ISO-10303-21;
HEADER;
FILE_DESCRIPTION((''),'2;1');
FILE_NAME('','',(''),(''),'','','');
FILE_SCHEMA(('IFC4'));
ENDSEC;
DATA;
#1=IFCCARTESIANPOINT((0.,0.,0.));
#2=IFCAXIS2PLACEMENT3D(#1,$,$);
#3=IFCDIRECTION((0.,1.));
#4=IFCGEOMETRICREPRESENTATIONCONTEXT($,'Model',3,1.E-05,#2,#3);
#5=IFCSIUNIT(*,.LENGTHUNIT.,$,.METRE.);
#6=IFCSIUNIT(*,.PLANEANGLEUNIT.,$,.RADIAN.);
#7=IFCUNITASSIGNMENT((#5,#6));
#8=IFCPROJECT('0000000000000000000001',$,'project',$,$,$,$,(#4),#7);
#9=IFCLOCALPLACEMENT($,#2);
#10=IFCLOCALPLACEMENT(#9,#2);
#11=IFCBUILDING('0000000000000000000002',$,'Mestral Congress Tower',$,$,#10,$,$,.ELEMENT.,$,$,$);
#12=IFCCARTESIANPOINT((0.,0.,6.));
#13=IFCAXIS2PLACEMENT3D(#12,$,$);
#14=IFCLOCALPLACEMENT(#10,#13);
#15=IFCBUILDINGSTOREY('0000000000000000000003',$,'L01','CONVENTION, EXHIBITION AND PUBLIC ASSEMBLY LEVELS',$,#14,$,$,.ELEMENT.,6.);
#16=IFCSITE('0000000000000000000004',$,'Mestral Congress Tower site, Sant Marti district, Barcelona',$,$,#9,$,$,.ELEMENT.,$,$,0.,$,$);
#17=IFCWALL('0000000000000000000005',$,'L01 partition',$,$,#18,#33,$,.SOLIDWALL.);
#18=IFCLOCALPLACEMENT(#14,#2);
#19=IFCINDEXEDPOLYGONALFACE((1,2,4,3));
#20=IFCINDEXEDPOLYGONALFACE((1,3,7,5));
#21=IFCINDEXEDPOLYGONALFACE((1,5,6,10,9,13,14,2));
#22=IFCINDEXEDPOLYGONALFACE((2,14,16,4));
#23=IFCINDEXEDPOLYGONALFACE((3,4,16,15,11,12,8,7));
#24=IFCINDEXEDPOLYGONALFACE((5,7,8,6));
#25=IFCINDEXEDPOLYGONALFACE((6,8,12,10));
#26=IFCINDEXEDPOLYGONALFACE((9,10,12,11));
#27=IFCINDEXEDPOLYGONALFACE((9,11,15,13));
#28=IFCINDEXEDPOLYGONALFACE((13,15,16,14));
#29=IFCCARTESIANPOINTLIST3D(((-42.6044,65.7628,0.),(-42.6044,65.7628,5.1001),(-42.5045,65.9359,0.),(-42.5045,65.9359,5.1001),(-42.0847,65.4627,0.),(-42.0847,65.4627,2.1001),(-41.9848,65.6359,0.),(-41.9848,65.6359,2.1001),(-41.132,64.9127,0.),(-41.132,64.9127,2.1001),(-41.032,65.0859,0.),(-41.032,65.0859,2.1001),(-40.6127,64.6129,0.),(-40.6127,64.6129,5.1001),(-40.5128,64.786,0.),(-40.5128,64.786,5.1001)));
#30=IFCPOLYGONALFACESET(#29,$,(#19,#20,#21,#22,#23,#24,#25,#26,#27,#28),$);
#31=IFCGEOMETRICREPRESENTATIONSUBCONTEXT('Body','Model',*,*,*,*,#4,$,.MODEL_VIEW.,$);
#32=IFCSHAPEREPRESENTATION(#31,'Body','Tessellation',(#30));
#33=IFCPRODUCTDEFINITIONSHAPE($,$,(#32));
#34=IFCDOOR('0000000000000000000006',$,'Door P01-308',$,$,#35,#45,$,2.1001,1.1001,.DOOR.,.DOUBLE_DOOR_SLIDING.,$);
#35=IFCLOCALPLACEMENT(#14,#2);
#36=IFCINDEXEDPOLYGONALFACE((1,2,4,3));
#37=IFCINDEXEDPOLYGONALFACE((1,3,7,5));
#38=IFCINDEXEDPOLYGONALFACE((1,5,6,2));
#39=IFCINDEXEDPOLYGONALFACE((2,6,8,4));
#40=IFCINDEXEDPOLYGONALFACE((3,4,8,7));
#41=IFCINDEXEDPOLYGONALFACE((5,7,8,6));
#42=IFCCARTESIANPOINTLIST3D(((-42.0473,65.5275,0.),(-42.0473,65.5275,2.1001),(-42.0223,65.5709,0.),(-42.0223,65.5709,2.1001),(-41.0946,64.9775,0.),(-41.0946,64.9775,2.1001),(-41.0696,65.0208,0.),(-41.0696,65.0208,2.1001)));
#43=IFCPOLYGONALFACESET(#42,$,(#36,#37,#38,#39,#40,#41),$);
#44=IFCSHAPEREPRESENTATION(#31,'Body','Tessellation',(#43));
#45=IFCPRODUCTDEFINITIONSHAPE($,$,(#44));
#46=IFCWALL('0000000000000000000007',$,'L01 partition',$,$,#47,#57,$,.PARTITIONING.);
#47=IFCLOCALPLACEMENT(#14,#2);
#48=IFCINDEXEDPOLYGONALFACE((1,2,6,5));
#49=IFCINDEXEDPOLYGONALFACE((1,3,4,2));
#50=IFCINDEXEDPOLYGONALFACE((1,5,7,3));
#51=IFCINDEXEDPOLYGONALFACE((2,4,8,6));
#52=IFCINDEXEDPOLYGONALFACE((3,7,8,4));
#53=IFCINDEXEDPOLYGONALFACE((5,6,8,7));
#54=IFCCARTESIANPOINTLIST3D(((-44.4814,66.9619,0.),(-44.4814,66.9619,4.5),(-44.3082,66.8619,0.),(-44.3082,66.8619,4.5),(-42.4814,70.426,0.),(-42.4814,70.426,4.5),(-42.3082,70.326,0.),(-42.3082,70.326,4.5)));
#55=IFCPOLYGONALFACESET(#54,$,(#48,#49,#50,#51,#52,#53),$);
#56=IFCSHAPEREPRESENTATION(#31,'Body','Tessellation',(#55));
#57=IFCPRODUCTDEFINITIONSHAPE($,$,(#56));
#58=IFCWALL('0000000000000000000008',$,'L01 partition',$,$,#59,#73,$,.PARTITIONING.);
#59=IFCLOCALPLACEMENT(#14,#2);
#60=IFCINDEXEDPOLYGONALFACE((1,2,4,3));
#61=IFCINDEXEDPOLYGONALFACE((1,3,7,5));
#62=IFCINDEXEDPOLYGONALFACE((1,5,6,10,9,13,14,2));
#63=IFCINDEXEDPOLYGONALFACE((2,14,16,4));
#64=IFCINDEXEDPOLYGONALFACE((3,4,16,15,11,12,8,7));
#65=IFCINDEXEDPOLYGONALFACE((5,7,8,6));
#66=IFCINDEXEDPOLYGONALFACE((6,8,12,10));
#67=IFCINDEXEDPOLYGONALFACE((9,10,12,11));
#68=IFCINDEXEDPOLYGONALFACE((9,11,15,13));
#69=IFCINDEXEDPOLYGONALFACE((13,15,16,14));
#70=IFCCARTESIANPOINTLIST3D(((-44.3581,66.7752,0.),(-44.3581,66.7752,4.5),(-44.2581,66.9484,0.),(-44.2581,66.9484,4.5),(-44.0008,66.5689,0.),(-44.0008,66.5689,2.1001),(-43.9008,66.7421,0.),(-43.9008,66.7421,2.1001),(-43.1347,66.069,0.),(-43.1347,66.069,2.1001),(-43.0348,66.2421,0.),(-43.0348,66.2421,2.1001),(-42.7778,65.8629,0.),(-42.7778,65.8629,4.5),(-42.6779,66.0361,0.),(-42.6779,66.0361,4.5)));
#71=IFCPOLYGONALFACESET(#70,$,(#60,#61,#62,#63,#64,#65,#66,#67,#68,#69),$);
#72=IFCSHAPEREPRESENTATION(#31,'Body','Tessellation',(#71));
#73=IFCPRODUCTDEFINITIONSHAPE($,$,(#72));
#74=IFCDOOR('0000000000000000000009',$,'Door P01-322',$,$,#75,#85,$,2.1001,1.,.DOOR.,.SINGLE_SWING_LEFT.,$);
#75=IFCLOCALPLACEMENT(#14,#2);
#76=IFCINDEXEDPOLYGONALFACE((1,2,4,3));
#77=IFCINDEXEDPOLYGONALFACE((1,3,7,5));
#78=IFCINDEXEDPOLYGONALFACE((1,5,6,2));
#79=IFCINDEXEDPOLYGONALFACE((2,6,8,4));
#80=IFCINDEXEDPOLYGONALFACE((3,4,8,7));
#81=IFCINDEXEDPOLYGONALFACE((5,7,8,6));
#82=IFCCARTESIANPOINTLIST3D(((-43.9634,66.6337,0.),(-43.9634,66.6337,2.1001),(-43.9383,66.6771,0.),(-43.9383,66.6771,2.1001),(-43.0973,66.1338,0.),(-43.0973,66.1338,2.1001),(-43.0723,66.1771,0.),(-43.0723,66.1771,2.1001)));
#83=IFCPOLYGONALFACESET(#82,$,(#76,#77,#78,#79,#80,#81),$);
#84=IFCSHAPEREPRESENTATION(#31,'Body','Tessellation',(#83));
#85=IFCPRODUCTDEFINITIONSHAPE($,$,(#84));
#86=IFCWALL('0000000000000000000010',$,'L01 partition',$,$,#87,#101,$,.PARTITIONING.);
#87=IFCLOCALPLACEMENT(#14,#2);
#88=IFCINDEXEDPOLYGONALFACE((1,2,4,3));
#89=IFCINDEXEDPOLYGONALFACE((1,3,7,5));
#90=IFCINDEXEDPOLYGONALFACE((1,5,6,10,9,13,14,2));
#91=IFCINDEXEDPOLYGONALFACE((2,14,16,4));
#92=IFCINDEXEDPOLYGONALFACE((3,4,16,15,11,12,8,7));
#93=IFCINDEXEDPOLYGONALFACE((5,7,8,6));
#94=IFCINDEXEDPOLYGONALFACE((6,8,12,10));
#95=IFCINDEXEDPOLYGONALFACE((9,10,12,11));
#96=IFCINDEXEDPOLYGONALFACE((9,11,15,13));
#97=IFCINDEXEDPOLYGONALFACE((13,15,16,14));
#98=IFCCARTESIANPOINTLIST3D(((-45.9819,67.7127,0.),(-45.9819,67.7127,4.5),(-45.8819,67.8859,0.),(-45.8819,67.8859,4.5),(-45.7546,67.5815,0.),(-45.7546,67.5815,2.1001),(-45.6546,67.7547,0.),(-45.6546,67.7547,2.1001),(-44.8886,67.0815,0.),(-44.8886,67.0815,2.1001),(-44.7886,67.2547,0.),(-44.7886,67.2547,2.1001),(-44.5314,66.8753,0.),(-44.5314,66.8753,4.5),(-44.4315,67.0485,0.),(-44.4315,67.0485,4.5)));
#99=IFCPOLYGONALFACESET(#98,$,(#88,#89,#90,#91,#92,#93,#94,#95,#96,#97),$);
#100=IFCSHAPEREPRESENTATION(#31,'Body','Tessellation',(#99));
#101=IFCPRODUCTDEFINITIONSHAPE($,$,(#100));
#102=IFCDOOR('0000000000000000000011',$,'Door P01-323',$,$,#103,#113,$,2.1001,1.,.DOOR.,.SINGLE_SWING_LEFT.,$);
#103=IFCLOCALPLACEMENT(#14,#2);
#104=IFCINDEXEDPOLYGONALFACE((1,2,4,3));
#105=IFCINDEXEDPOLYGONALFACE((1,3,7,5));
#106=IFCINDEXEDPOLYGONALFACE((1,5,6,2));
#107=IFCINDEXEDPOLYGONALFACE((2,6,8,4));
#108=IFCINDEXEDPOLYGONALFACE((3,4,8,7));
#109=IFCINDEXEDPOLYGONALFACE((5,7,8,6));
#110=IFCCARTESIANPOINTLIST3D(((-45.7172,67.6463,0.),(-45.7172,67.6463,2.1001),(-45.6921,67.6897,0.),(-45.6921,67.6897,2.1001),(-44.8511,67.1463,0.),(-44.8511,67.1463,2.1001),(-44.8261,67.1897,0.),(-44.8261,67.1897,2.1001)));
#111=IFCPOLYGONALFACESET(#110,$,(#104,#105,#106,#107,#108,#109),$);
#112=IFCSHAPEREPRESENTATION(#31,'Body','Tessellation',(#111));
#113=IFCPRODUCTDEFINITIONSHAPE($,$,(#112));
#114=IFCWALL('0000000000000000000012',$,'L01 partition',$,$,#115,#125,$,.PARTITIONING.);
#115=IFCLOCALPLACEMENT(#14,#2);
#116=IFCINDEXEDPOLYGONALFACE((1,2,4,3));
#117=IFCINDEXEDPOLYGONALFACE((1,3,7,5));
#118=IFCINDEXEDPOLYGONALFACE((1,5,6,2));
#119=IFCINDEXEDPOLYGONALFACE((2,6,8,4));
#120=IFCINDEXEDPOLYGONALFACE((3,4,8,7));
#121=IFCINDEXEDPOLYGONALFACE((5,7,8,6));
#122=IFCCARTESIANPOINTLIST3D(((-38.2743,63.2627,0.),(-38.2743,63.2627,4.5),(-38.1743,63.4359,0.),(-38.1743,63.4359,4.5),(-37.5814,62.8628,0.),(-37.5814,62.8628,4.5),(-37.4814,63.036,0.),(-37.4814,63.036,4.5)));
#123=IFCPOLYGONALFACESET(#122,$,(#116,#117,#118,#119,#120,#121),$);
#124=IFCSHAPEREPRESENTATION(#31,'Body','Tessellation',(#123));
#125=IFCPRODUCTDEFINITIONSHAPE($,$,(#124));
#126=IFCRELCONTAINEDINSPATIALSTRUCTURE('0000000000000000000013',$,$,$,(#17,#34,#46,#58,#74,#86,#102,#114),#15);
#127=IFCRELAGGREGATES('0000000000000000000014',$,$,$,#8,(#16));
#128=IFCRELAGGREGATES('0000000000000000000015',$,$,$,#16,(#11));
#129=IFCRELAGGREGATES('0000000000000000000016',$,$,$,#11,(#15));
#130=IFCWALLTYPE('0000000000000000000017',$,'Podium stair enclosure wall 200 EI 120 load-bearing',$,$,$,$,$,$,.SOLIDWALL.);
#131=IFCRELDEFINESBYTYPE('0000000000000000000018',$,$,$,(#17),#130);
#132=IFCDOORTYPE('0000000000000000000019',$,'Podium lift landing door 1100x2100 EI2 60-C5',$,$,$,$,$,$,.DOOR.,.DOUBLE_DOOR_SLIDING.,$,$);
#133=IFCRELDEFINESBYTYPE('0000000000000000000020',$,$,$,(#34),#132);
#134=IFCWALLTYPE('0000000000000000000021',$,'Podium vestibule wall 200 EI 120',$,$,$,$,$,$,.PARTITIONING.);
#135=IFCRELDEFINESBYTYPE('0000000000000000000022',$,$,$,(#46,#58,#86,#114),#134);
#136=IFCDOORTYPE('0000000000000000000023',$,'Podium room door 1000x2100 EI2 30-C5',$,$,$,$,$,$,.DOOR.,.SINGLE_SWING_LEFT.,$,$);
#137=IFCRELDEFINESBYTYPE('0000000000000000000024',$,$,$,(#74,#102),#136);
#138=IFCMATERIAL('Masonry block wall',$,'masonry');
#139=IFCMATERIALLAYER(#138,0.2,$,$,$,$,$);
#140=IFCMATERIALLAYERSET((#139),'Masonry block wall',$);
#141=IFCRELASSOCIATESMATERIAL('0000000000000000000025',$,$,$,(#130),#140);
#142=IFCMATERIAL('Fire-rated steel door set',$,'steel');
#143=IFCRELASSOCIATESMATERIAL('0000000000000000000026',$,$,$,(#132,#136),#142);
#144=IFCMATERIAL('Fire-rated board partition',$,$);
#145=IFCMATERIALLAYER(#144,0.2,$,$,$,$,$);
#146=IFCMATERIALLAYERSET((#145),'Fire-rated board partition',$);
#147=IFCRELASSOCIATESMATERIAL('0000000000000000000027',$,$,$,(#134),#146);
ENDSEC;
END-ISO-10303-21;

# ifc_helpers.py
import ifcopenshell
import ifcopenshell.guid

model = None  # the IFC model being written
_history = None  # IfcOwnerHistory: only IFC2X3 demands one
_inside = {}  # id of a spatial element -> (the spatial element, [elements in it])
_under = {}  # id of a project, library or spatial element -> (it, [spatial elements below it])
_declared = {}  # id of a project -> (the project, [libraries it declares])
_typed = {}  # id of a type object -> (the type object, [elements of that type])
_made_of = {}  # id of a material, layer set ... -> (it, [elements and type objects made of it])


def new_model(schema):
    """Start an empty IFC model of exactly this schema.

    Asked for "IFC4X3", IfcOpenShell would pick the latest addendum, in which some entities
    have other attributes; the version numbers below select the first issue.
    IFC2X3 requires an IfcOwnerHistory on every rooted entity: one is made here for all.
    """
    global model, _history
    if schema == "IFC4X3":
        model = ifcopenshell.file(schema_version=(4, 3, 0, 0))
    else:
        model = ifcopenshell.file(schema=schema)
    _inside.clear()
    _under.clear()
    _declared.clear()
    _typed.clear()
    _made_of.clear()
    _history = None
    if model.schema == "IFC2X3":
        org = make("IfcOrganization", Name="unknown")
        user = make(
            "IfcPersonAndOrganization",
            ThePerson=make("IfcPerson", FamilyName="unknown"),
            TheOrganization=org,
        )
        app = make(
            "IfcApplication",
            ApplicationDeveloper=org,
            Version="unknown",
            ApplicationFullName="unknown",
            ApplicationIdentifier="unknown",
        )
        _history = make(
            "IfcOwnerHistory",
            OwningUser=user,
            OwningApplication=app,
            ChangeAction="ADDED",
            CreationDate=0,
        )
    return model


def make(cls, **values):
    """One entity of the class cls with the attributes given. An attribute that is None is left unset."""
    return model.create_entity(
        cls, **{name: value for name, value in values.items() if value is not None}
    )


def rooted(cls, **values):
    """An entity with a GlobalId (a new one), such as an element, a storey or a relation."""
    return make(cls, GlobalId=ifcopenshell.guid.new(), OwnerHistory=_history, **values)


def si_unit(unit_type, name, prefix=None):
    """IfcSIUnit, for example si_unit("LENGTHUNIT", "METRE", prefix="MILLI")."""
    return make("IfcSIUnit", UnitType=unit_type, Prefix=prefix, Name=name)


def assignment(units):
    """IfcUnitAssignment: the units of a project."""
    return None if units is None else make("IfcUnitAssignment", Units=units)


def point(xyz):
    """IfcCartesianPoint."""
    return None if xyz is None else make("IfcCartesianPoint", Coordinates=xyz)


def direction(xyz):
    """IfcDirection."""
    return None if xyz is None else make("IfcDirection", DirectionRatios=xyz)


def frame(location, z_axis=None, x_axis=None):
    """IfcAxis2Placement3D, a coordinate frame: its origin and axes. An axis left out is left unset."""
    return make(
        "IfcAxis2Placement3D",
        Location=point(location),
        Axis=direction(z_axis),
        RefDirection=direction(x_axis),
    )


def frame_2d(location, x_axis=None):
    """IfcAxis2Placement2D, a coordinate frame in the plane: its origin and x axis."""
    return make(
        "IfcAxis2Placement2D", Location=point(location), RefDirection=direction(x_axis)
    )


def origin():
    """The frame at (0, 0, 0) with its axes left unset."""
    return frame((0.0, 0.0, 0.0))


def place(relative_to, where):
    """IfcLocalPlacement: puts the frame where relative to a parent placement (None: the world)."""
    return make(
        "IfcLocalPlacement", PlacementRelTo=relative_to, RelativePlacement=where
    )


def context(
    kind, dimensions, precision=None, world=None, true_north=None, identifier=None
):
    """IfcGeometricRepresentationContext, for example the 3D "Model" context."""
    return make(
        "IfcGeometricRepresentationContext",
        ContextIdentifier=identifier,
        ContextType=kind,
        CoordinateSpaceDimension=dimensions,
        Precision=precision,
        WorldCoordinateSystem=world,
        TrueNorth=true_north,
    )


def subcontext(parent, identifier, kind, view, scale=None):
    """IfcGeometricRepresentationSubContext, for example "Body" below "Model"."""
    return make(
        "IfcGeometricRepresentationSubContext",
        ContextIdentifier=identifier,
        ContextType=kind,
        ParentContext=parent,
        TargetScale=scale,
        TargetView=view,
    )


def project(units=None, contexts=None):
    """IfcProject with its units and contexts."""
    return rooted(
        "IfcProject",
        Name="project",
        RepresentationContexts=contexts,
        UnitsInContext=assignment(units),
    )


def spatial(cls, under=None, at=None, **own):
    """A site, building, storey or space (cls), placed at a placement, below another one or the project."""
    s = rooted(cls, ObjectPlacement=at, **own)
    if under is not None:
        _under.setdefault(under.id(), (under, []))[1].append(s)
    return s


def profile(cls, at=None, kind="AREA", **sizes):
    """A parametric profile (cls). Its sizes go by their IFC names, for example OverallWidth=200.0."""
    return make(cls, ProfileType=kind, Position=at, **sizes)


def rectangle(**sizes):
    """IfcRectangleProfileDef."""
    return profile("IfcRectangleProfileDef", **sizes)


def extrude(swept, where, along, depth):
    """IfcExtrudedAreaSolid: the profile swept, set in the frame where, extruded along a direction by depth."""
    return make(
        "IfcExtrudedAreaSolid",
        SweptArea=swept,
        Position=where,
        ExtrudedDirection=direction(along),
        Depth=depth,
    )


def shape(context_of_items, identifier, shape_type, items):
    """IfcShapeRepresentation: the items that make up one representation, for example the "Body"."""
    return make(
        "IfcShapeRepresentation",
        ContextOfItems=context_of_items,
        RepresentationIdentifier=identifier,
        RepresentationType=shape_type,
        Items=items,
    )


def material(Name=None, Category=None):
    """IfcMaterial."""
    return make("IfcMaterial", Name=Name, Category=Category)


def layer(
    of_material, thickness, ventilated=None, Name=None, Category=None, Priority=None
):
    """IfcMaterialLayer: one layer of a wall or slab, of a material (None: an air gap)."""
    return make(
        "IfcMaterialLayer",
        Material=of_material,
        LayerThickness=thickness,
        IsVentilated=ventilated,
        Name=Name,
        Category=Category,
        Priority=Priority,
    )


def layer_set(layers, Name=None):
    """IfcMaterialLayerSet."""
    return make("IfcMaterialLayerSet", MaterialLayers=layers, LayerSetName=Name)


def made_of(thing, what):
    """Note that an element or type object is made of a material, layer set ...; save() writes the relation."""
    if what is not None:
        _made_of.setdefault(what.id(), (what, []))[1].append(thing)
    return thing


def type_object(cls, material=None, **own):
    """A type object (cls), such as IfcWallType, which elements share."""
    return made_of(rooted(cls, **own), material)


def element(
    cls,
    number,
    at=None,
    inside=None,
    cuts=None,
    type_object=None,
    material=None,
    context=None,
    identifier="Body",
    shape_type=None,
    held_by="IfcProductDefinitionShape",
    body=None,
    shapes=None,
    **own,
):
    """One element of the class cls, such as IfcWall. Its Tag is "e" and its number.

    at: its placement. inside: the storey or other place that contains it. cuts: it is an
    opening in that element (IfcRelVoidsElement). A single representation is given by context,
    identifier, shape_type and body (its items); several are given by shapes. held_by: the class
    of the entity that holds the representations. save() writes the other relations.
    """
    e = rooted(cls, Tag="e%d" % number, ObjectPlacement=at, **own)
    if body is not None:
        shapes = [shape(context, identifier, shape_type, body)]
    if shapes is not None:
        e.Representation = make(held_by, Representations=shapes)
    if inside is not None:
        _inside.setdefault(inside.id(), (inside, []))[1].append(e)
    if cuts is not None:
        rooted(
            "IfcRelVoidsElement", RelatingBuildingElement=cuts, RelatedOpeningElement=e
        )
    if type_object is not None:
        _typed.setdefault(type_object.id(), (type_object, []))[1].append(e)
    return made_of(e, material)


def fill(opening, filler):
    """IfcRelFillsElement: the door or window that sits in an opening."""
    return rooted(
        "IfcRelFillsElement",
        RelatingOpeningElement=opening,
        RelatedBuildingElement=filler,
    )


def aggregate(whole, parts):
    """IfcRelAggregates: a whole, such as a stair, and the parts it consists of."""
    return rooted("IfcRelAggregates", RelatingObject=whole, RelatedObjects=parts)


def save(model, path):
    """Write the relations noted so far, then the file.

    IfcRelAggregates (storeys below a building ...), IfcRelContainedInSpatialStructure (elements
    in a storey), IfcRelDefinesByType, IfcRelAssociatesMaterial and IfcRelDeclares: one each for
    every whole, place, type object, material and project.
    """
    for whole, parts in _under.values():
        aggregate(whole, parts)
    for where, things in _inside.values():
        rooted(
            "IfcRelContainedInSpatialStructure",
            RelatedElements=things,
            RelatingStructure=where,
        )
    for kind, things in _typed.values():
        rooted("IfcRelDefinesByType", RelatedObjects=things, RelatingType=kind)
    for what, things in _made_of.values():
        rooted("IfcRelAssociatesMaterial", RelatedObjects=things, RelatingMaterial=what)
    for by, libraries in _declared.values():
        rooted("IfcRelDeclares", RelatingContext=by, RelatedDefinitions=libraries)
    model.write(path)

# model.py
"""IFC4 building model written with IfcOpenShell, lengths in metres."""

from ifc_helpers import new_model, si_unit, direction, frame, frame_2d, origin, place, context, subcontext, project, spatial, rectangle, extrude, material, layer, layer_set, type_object, element, fill, save


model = new_model("IFC4")

# Units and contexts
model_context = context("Model", 3, precision=1e-05, world=origin(), true_north=direction((0.0, 1.0)))
body_context = subcontext(model_context, "Body", "Model", "MODEL_VIEW")
ifc_project = project(units=[si_unit("LENGTHUNIT", "METRE"), si_unit("PLANEANGLEUNIT", "RADIAN")], contexts=[model_context])

# Site, building, storey
site_placement = place(None, origin())
site = spatial("IfcSite", under=ifc_project, at=site_placement, Name="Mestral Congress Tower site, Sant Marti district, Barcelona", CompositionType="ELEMENT", RefElevation=0.0)
building_placement = place(site_placement, origin())
building = spatial("IfcBuilding", under=site, at=building_placement, Name="Mestral Congress Tower", CompositionType="ELEMENT")
storey_placement = place(building_placement, frame((0.0, 0.0, 6.0)))
storey = spatial("IfcBuildingStorey", under=building, at=storey_placement, Name="L01", Description="CONVENTION, EXHIBITION AND PUBLIC ASSEMBLY LEVELS", CompositionType="ELEMENT", Elevation=6.0)

# Shared definitions
ifc_material_1 = material(Name="Masonry block wall", Category="masonry")
ifc_material_2 = material(Name="Fire-rated steel door set", Category="steel")

# Shared definitions
ifc_layer_1 = layer(ifc_material_1, 0.2)
ifc_layer_set_1 = layer_set([ifc_layer_1], Name="Masonry block wall")
wall_type_1 = type_object("IfcWallType", Name="Podium stair enclosure wall 200 EI 120 load-bearing", PredefinedType="SOLIDWALL", material=ifc_layer_set_1)

# Wall, opening, door
door_type_1 = type_object("IfcDoorType", Name="Podium lift landing door 1100x2100 EI2 60-C5", OperationType="DOUBLE_DOOR_SLIDING", PredefinedType="DOOR", material=ifc_material_2)
wall_1_placement = place(storey_placement, frame((-42.5544, 65.8494, 0.0), z_axis=(0.0, 0.0, 1.0), x_axis=(0.866026, -0.499998, 0.0)))
wall_1 = element("IfcWall", 1, at=wall_1_placement, inside=storey, type_object=wall_type_1, Name="L01 partition", PredefinedType="SOLIDWALL", context=body_context, shape_type="SweptSolid", body=[
    extrude(rectangle(XDim=2.2998, YDim=0.2, at=frame_2d((1.1499, 0.0))), origin(), (0.0, 0.0, 1.0), 5.1001),
])
opening_1_placement = place(wall_1_placement, frame((0.6001, 0.0, 0.0)))
opening_1 = element("IfcOpeningElement", 2, at=opening_1_placement, cuts=wall_1, PredefinedType="OPENING", context=body_context, shape_type="SweptSolid", body=[
    extrude(rectangle(XDim=1.1001, YDim=2.1001, at=frame_2d((0.55, 1.05))), frame((0.0, 0.1099, 0.0), z_axis=(0.0, -1.0, 0.0), x_axis=(1.0, 0.0, 0.0)), (0.0, 0.0, 1.0), 0.22),
])
door_1_placement = place(opening_1_placement, origin())
door_1 = element("IfcDoor", 3, at=door_1_placement, inside=storey, type_object=door_type_1, Name="Door P01-308", OperationType="DOUBLE_DOOR_SLIDING", OverallHeight=2.1001, OverallWidth=1.1001, PredefinedType="DOOR", context=body_context, shape_type="SweptSolid", body=[
    extrude(rectangle(XDim=1.1001, YDim=2.1001, at=frame_2d((0.55, 1.05))), frame((0.0, 0.0249, 0.0), z_axis=(0.0, -1.0, 0.0), x_axis=(1.0, 0.0, 0.0)), (0.0, 0.0, 1.0), 0.05),
])
fill(opening_1, door_1)

# Wall
ifc_material_3 = material(Name="Fire-rated board partition")
ifc_layer_2 = layer(ifc_material_3, 0.2)
ifc_layer_set_2 = layer_set([ifc_layer_2], Name="Fire-rated board partition")
wall_type_2 = type_object("IfcWallType", Name="Podium vestibule wall 200 EI 120", PredefinedType="PARTITIONING", material=ifc_layer_set_2)
wall_2_placement = place(storey_placement, frame((-42.3948, 70.376, 0.0), z_axis=(0.0, 0.0, 1.0), x_axis=(-0.499999, -0.866026, 0.0)))
element("IfcWall", 4, at=wall_2_placement, inside=storey, type_object=wall_type_2, Name="L01 partition", PredefinedType="PARTITIONING", context=body_context, shape_type="SweptSolid", body=[
    extrude(rectangle(XDim=4.0, YDim=0.2, at=frame_2d((2.0, 0.0))), origin(), (0.0, 0.0, 1.0), 4.5),
])

# Walls, openings, doors
wall_3_placement = place(storey_placement, frame((-44.3081, 66.8618, 0.0), z_axis=(0.0, 0.0, 1.0), x_axis=(0.866036, -0.499981, 0.0)))
wall_3 = element("IfcWall", 5, at=wall_3_placement, inside=storey, type_object=wall_type_2, Name="L01 partition", PredefinedType="PARTITIONING", context=body_context, shape_type="SweptSolid", body=[
    extrude(rectangle(XDim=1.8247, YDim=0.2, at=frame_2d((0.9124, 0.0))), origin(), (0.0, 0.0, 1.0), 4.5),
])
opening_2_placement = place(wall_3_placement, frame((0.4126, 0.0, 0.0)))
opening_2 = element("IfcOpeningElement", 6, at=opening_2_placement, cuts=wall_3, PredefinedType="OPENING", context=body_context, shape_type="SweptSolid", body=[
    extrude(rectangle(XDim=1.0, YDim=2.1001, at=frame_2d((0.5, 1.05))), frame((0.0, 0.1099, 0.0), z_axis=(0.0, -1.0, 0.0), x_axis=(1.0, 0.0, 0.0)), (0.0, 0.0, 1.0), 0.22),
])
door_type_2 = type_object("IfcDoorType", Name="Podium room door 1000x2100 EI2 30-C5", OperationType="SINGLE_SWING_LEFT", PredefinedType="DOOR", material=ifc_material_2)
door_2_placement = place(opening_2_placement, origin())
door_2 = element("IfcDoor", 7, at=door_2_placement, inside=storey, type_object=door_type_2, Name="Door P01-322", OperationType="SINGLE_SWING_LEFT", OverallHeight=2.1001, OverallWidth=1.0, PredefinedType="DOOR", context=body_context, shape_type="SweptSolid", body=[
    extrude(rectangle(XDim=1.0, YDim=2.1001, at=frame_2d((0.5, 1.05))), frame((0.0, 0.0249, 0.0), z_axis=(0.0, -1.0, 0.0), x_axis=(1.0, 0.0, 0.0)), (0.0, 0.0, 1.0), 0.05),
])
fill(opening_2, door_2)
wall_4_placement = place(storey_placement, frame((-45.9319, 67.7993, 0.0), z_axis=(0.0, 0.0, 1.0), x_axis=(0.866028, -0.499996, 0.0)))
wall_4 = element("IfcWall", 8, at=wall_4_placement, inside=storey, type_object=wall_type_2, Name="L01 partition", PredefinedType="PARTITIONING", context=body_context, shape_type="SweptSolid", body=[
    extrude(rectangle(XDim=1.6748, YDim=0.2, at=frame_2d((0.8374, 0.0))), origin(), (0.0, 0.0, 1.0), 4.5),
])
opening_3_placement = place(wall_4_placement, frame((0.2625, 0.0, 0.0)))
opening_3 = element("IfcOpeningElement", 9, at=opening_3_placement, cuts=wall_4, PredefinedType="OPENING", context=body_context, shape_type="SweptSolid", body=[
    extrude(rectangle(XDim=1.0, YDim=2.1001, at=frame_2d((0.5, 1.05))), frame((0.0, 0.1099, 0.0), z_axis=(0.0, -1.0, 0.0), x_axis=(1.0, 0.0, 0.0)), (0.0, 0.0, 1.0), 0.22),
])
door_3_placement = place(opening_3_placement, origin())
door_3 = element("IfcDoor", 10, at=door_3_placement, inside=storey, type_object=door_type_2, Name="Door P01-323", OperationType="SINGLE_SWING_LEFT", OverallHeight=2.1001, OverallWidth=1.0, PredefinedType="DOOR", context=body_context, shape_type="SweptSolid", body=[
    extrude(rectangle(XDim=1.0, YDim=2.1001, at=frame_2d((0.5, 1.05))), frame((0.0, 0.0249, 0.0), z_axis=(0.0, -1.0, 0.0), x_axis=(1.0, 0.0, 0.0)), (0.0, 0.0, 1.0), 0.05),
])
fill(opening_3, door_3)

# Wall
wall_5_placement = place(storey_placement, frame((-37.5315, 62.9495, 0.0), z_axis=(0.0, 0.0, 1.0), x_axis=(-0.866094, 0.499881, 0.0)))
element("IfcWall", 11, at=wall_5_placement, inside=storey, type_object=wall_type_2, Name="L01 partition", PredefinedType="PARTITIONING", context=body_context, shape_type="SweptSolid", body=[
    extrude(rectangle(XDim=0.8, YDim=0.2, at=frame_2d((0.3999, 0.0))), origin(), (0.0, 0.0, 1.0), 4.5),
])

save(model, "model.ifc")
